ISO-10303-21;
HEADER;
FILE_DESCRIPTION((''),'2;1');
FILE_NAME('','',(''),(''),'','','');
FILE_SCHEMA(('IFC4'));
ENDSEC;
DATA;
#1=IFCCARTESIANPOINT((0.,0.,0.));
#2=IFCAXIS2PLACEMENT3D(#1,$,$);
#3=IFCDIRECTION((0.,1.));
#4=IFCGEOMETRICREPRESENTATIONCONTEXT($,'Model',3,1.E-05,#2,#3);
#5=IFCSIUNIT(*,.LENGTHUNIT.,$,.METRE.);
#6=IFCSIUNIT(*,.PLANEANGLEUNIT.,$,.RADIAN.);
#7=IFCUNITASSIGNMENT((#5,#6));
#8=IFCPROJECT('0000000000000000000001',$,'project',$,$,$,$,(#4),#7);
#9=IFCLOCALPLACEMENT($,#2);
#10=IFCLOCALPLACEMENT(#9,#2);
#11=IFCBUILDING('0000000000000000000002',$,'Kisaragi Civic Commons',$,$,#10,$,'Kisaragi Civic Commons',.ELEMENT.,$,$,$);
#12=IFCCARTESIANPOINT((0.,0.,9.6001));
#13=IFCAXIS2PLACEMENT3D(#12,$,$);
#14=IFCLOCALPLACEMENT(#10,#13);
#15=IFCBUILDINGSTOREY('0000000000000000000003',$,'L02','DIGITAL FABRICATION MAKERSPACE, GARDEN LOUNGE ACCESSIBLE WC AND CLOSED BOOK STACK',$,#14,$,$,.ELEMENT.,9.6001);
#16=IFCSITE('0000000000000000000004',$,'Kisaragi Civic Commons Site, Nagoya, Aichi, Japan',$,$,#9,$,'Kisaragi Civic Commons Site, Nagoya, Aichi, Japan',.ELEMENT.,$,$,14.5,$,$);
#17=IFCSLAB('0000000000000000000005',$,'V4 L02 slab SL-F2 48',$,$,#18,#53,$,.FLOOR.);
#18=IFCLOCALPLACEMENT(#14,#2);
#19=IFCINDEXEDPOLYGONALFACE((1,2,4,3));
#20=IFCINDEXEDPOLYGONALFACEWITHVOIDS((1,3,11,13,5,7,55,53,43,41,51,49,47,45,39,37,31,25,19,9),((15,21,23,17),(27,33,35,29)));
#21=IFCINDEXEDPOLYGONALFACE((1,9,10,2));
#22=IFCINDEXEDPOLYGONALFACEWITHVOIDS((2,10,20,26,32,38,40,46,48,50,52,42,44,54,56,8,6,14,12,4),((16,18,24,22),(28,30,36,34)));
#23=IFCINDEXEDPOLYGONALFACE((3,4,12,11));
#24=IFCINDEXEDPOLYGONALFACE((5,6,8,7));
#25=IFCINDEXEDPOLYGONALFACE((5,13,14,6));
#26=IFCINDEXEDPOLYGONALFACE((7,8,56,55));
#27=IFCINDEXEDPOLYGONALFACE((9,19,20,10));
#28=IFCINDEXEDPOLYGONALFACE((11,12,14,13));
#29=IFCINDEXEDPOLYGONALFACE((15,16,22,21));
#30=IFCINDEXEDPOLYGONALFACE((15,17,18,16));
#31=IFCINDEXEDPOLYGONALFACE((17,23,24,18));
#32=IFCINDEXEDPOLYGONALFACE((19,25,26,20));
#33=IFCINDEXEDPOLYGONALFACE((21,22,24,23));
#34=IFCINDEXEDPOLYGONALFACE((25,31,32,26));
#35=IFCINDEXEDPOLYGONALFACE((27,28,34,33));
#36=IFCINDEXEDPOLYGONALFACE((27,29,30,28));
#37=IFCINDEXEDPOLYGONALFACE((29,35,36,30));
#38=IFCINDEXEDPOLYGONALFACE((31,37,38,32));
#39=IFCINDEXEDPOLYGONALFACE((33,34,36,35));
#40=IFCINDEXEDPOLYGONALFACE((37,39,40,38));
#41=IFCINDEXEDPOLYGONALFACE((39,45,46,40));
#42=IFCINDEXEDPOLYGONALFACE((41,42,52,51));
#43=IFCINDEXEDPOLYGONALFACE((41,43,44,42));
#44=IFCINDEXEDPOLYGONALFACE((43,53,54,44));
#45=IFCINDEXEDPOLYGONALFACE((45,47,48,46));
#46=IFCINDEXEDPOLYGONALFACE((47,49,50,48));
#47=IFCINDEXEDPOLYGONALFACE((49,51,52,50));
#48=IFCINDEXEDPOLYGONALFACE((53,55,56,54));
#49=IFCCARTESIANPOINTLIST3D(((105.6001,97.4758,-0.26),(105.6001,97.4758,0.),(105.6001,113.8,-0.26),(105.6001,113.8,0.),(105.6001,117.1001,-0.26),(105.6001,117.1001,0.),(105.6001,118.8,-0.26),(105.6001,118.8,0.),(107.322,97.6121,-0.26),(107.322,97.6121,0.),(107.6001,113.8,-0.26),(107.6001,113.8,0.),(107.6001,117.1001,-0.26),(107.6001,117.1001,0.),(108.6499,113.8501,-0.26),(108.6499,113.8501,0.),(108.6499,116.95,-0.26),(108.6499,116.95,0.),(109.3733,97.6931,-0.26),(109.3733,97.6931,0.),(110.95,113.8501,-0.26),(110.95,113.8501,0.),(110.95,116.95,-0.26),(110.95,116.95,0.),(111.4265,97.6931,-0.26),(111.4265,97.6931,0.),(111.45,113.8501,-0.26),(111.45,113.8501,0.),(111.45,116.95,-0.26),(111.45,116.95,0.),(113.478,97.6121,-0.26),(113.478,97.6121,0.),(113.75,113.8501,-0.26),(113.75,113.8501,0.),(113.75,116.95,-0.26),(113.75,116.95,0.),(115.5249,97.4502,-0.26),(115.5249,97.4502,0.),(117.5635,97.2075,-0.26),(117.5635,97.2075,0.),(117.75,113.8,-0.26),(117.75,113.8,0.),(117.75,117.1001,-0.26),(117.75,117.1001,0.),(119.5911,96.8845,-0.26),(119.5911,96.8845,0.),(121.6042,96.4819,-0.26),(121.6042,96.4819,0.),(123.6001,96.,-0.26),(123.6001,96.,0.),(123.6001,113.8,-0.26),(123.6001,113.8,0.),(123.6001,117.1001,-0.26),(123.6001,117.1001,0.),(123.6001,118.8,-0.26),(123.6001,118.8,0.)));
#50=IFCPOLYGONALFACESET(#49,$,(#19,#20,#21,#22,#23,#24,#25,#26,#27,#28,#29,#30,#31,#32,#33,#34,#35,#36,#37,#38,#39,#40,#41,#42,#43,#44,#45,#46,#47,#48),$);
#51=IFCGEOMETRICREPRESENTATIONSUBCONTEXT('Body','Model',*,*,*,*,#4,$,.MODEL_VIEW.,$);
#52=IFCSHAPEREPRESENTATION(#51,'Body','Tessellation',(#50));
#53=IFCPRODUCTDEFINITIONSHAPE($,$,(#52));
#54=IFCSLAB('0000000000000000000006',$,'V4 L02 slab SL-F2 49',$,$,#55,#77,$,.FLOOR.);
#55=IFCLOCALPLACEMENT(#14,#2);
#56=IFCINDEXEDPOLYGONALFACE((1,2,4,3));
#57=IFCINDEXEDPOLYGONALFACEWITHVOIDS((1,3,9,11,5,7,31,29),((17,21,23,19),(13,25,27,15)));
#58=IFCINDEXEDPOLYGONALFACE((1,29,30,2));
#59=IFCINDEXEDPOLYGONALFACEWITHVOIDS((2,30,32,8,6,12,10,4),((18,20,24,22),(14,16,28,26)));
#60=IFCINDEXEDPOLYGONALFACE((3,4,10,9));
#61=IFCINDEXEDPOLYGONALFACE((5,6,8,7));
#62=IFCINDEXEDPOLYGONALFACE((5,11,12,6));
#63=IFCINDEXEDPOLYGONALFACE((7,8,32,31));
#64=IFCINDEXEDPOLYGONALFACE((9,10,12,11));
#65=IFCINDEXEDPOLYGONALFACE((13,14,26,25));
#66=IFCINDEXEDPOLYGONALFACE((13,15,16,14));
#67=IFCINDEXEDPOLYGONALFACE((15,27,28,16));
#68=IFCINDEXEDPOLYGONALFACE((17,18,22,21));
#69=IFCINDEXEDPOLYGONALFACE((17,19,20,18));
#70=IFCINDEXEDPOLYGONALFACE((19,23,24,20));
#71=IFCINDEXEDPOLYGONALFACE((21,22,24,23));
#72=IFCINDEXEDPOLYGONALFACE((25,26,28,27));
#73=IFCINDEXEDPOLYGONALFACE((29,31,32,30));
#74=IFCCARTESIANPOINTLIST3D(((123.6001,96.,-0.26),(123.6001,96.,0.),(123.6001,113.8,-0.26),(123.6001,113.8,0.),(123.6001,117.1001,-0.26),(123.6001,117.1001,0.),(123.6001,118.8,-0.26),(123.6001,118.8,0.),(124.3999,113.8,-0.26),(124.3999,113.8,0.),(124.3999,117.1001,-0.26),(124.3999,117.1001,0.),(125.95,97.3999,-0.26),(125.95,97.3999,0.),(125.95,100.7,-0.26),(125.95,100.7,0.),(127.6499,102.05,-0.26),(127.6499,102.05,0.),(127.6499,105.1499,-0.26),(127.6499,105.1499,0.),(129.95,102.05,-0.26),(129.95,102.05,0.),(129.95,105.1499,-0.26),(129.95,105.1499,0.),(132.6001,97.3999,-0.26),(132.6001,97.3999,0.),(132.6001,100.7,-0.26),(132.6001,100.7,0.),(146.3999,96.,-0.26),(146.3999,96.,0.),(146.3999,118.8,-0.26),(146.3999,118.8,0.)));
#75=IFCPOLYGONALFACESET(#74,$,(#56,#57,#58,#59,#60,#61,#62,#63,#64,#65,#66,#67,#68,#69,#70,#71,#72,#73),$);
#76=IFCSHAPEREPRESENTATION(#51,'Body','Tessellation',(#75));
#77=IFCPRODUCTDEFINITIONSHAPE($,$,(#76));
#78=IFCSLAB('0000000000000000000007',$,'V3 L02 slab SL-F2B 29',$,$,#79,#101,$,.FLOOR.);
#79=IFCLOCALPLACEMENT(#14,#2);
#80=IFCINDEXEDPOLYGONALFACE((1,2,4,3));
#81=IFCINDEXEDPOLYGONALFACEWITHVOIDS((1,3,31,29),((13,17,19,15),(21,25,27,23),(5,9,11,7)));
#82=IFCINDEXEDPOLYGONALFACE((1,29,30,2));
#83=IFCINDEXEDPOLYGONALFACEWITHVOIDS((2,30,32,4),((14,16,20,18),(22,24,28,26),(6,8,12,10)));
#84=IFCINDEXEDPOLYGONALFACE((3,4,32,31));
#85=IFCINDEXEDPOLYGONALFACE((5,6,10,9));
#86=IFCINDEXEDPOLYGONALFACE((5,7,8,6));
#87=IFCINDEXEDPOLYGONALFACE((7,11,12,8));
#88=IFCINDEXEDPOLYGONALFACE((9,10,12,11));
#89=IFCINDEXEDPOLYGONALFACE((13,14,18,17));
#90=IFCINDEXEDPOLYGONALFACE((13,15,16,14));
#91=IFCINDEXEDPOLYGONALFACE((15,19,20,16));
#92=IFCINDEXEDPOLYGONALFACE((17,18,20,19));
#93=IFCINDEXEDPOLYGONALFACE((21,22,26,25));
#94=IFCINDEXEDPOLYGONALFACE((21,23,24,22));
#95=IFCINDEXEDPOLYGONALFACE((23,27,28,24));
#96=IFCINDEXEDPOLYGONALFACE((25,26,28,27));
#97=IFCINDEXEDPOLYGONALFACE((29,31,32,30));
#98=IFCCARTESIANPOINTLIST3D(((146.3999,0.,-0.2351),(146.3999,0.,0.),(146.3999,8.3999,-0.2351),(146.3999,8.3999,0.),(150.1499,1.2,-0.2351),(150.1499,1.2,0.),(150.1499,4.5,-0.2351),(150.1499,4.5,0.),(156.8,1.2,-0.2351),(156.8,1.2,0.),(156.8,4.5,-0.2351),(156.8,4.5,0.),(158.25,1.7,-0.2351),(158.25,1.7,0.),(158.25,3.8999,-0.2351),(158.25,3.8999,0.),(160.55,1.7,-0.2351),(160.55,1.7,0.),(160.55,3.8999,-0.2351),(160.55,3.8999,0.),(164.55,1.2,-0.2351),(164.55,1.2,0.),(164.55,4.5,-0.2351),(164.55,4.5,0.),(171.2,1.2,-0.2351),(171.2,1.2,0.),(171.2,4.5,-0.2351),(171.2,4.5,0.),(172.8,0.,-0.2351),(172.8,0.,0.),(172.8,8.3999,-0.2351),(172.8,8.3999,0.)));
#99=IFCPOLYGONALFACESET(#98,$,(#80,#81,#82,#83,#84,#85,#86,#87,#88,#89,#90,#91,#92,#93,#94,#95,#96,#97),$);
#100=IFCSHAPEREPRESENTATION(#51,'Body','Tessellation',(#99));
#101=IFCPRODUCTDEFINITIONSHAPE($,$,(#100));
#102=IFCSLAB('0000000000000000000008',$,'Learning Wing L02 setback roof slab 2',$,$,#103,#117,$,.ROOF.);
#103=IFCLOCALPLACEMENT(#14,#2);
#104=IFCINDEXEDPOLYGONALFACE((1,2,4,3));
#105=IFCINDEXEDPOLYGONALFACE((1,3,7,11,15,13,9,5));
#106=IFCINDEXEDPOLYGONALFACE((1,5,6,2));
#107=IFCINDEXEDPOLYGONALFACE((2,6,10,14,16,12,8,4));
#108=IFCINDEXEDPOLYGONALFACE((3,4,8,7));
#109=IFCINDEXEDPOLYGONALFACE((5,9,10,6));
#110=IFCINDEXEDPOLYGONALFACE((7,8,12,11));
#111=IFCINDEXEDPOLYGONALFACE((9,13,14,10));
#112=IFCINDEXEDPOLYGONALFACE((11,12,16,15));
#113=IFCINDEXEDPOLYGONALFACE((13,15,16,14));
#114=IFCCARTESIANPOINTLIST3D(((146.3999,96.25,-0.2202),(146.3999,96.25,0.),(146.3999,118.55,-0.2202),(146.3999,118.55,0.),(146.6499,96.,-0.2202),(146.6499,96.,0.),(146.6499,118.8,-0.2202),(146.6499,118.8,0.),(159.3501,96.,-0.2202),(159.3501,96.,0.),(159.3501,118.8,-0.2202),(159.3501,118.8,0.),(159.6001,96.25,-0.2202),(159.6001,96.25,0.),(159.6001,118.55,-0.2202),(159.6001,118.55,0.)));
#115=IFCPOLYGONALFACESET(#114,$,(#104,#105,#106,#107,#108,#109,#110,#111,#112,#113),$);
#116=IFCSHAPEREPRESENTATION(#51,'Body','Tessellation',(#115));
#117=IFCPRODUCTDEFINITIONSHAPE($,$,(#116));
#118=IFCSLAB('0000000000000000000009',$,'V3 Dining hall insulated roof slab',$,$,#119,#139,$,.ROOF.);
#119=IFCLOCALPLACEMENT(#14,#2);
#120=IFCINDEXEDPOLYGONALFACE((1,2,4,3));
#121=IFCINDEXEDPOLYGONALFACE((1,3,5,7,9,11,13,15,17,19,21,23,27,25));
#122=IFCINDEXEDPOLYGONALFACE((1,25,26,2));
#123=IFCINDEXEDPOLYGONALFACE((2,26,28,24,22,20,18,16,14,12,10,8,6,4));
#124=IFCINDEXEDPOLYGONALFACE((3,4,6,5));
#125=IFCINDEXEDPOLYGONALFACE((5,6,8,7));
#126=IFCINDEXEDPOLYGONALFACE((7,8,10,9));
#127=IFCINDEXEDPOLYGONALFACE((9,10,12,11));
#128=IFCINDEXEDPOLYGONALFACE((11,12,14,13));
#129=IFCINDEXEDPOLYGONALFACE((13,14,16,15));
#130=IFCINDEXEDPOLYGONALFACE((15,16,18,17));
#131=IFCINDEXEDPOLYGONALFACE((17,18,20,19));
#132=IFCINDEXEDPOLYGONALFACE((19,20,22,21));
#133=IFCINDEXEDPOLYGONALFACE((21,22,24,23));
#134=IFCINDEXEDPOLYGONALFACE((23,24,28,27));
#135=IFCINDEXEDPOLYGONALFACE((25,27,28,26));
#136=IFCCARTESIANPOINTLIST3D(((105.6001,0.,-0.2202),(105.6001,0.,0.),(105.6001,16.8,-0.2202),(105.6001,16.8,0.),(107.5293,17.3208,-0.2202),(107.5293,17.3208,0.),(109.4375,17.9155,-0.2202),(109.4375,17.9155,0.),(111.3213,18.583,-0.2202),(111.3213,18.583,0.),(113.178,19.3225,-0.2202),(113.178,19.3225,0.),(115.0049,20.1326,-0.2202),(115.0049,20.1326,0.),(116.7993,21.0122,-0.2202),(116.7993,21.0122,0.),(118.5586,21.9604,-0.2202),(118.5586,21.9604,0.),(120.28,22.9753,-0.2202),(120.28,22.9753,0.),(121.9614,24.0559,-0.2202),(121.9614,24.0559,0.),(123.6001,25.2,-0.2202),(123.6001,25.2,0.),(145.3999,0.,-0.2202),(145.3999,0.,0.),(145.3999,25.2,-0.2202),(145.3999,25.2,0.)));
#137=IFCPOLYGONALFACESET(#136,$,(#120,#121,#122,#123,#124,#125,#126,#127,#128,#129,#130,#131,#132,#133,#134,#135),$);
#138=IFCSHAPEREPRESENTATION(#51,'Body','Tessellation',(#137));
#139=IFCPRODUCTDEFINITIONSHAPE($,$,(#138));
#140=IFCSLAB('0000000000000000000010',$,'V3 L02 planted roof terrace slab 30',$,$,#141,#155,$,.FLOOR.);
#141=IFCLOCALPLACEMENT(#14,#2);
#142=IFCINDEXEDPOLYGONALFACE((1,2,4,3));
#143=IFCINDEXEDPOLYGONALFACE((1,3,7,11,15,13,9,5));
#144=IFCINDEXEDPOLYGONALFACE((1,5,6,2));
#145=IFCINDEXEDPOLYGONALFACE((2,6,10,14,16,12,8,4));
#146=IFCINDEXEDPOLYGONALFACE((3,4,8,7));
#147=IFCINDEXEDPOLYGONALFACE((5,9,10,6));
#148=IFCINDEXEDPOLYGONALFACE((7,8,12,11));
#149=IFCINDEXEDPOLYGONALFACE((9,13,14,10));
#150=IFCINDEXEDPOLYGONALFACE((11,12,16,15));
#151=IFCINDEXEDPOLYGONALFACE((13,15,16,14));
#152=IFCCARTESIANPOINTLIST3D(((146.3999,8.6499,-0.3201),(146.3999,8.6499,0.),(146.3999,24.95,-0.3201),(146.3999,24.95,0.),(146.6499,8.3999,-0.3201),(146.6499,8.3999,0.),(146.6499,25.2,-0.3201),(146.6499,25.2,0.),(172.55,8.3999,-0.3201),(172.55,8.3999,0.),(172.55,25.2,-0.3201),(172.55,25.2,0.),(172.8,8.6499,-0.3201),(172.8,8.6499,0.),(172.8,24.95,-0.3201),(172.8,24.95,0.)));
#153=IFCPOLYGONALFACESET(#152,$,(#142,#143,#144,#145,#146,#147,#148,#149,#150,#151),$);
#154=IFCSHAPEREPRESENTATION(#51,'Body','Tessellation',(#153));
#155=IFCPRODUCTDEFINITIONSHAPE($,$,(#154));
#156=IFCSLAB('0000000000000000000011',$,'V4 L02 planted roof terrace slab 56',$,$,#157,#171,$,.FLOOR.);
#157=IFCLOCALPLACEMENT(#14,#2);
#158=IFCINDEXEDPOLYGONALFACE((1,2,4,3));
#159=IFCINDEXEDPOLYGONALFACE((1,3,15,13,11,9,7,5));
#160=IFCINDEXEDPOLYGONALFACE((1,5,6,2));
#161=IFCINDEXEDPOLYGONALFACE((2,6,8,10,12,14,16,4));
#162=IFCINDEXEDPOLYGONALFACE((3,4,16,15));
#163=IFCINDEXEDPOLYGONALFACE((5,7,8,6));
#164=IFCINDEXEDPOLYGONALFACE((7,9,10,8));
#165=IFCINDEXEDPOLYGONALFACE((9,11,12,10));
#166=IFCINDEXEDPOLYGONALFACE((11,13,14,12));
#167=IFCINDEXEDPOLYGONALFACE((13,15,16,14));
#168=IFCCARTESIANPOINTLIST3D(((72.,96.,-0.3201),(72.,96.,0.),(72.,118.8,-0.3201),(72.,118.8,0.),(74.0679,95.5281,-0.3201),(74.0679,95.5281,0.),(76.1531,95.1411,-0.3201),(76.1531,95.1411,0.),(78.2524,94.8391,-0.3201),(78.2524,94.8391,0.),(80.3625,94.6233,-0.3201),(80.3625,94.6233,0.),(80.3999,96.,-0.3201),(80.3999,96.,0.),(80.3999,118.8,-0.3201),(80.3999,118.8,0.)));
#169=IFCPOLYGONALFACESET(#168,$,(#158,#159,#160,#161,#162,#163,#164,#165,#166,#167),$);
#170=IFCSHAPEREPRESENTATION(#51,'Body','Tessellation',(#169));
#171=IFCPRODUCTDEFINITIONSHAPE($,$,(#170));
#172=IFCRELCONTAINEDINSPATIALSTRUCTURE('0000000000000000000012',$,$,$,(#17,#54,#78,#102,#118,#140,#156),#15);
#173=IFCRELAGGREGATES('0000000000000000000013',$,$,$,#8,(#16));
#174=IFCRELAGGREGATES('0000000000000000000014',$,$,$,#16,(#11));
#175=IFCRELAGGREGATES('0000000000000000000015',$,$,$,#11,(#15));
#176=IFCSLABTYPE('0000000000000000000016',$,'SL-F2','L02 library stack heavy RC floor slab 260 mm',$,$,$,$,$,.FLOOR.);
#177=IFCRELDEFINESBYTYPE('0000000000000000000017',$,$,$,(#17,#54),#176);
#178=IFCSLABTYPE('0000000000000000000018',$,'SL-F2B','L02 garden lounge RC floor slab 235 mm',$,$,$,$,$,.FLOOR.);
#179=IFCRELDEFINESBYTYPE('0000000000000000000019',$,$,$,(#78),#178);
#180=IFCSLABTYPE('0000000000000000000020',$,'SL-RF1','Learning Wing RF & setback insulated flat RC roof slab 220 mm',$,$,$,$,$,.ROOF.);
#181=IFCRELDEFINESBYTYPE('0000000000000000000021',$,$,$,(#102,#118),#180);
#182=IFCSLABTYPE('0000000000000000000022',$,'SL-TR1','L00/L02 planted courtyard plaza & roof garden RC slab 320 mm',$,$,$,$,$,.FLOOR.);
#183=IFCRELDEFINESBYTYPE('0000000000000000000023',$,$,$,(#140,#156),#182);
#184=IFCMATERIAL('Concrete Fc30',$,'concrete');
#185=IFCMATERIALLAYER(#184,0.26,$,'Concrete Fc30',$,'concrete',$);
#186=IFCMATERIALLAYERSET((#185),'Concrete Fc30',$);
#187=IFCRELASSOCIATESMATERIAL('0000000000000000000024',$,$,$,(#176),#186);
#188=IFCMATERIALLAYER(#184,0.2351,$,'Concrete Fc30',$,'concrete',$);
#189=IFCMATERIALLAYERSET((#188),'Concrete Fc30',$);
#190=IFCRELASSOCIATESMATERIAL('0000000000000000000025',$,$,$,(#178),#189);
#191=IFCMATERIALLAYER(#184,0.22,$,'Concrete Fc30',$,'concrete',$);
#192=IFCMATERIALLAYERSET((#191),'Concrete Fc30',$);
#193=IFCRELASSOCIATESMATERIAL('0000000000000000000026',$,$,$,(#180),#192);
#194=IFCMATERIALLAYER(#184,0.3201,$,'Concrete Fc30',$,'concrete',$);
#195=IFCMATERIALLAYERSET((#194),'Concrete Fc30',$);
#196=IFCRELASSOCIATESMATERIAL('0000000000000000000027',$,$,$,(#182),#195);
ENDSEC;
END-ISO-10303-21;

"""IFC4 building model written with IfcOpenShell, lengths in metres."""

from ifc_helpers import new_model, si_unit, direction, frame, origin, place, context, subcontext, project, spatial, polyline, outline, extrude, material, layer, layer_set, type_object, element, save


model = new_model("IFC4")

# Units and contexts
model_context = context("Model", 3, precision=1e-05, world=origin(), true_north=direction((0.0, 1.0)))
body_context = subcontext(model_context, "Body", "Model", "MODEL_VIEW")
ifc_project = project(units=[si_unit("LENGTHUNIT", "METRE"), si_unit("PLANEANGLEUNIT", "RADIAN")], contexts=[model_context])

# Site, building, storey
site_placement = place(None, origin())
site = spatial("IfcSite", under=ifc_project, at=site_placement, Name="Kisaragi Civic Commons Site, Nagoya, Aichi, Japan", LongName="Kisaragi Civic Commons Site, Nagoya, Aichi, Japan", CompositionType="ELEMENT", RefElevation=14.5)
building_placement = place(site_placement, origin())
building = spatial("IfcBuilding", under=site, at=building_placement, Name="Kisaragi Civic Commons", LongName="Kisaragi Civic Commons", CompositionType="ELEMENT")
storey_placement = place(building_placement, frame((0.0, 0.0, 9.6001)))
storey = spatial("IfcBuildingStorey", under=building, at=storey_placement, Name="L02", Description="DIGITAL FABRICATION MAKERSPACE, GARDEN LOUNGE ACCESSIBLE WC AND CLOSED BOOK STACK", CompositionType="ELEMENT", Elevation=9.6001)

# Slabs
ifc_material_1 = material(Name="Concrete Fc30", Category="concrete")
ifc_layer_1 = layer(ifc_material_1, 0.26, Name="Concrete Fc30", Category="concrete")
ifc_layer_set_1 = layer_set([ifc_layer_1], Name="Concrete Fc30")
slab_type_1 = type_object("IfcSlabType", Name="SL-F2", Description="L02 library stack heavy RC floor slab 260 mm", PredefinedType="FLOOR", material=ifc_layer_set_1)
slab_1_placement = place(storey_placement, frame((0.0, 0.0, -0.26)))
element("IfcSlab", 1, at=slab_1_placement, inside=storey, type_object=slab_type_1, Name="V4 L02 slab SL-F2 48", PredefinedType="FLOOR", context=body_context, shape_type="SweptSolid", body=[
    extrude(outline(polyline([(105.6001, 118.8), (105.6001, 117.1001), (107.6001, 117.1001), (107.6001, 113.8), (105.6001, 113.8), (105.6001, 97.4758), (107.322, 97.6121), (109.3733, 97.6931), (111.4265, 97.6931), (113.478, 97.6121), (115.5249, 97.4502), (117.5635, 97.2075), (119.5911, 96.8845), (121.6042, 96.4819), (123.6001, 96.0), (123.6001, 113.8), (117.75, 113.8), (117.75, 117.1001), (123.6001, 117.1001), (123.6001, 118.8), (105.6001, 118.8)]), holes=[polyline([(108.6499, 116.95), (108.6499, 113.8501), (110.95, 113.8501), (110.95, 116.95), (108.6499, 116.95)]), polyline([(111.45, 116.95), (111.45, 113.8501), (113.75, 113.8501), (113.75, 116.95), (111.45, 116.95)])]), origin(), (0.0, 0.0, 1.0), 0.26),
])
slab_2_placement = place(storey_placement, frame((0.0, 0.0, -0.26)))
element("IfcSlab", 2, at=slab_2_placement, inside=storey, type_object=slab_type_1, Name="V4 L02 slab SL-F2 49", PredefinedType="FLOOR", context=body_context, shape_type="SweptSolid", body=[
    extrude(outline(polyline([(123.6001, 118.8), (123.6001, 117.1001), (124.3999, 117.1001), (124.3999, 113.8), (123.6001, 113.8), (123.6001, 96.0), (146.3999, 96.0), (146.3999, 118.8), (123.6001, 118.8)]), holes=[polyline([(125.95, 97.3999), (132.6001, 97.3999), (132.6001, 100.7), (125.95, 100.7), (125.95, 97.3999)]), polyline([(127.6499, 105.1499), (127.6499, 102.05), (129.95, 102.05), (129.95, 105.1499), (127.6499, 105.1499)])]), origin(), (0.0, 0.0, 1.0), 0.26),
])
ifc_layer_2 = layer(ifc_material_1, 0.2351, Name="Concrete Fc30", Category="concrete")
ifc_layer_set_2 = layer_set([ifc_layer_2], Name="Concrete Fc30")
slab_type_2 = type_object("IfcSlabType", Name="SL-F2B", Description="L02 garden lounge RC floor slab 235 mm", PredefinedType="FLOOR", material=ifc_layer_set_2)
slab_3_placement = place(storey_placement, frame((0.0, 0.0, -0.2351)))
element("IfcSlab", 3, at=slab_3_placement, inside=storey, type_object=slab_type_2, Name="V3 L02 slab SL-F2B 29", PredefinedType="FLOOR", context=body_context, shape_type="SweptSolid", body=[
    extrude(outline(polyline([(146.3999, 8.3999), (146.3999, 0.0), (172.8, 0.0), (172.8, 8.3999), (146.3999, 8.3999)]), holes=[polyline([(160.55, 1.7), (160.55, 3.8999), (158.25, 3.8999), (158.25, 1.7), (160.55, 1.7)]), polyline([(150.1499, 1.2), (156.8, 1.2), (156.8, 4.5), (150.1499, 4.5), (150.1499, 1.2)]), polyline([(164.55, 1.2), (171.2, 1.2), (171.2, 4.5), (164.55, 4.5), (164.55, 1.2)])]), origin(), (0.0, 0.0, 1.0), 0.2351),
])
ifc_layer_3 = layer(ifc_material_1, 0.22, Name="Concrete Fc30", Category="concrete")
ifc_layer_set_3 = layer_set([ifc_layer_3], Name="Concrete Fc30")
slab_type_3 = type_object("IfcSlabType", Name="SL-RF1", Description="Learning Wing RF & setback insulated flat RC roof slab 220 mm", PredefinedType="ROOF", material=ifc_layer_set_3)
slab_4_placement = place(storey_placement, frame((0.0, 0.0, -0.2202)))
element("IfcSlab", 4, at=slab_4_placement, inside=storey, type_object=slab_type_3, Name="Learning Wing L02 setback roof slab 2", PredefinedType="ROOF", context=body_context, shape_type="SweptSolid", body=[
    extrude(outline(polyline([(146.6499, 96.0), (159.3501, 96.0), (159.6001, 96.25), (159.6001, 118.55), (159.3501, 118.8), (146.6499, 118.8), (146.3999, 118.55), (146.3999, 96.25), (146.6499, 96.0)])), origin(), (0.0, 0.0, 1.0), 0.2202),
])
slab_5_placement = place(storey_placement, frame((0.0, 0.0, -0.2202)))
element("IfcSlab", 5, at=slab_5_placement, inside=storey, type_object=slab_type_3, Name="V3 Dining hall insulated roof slab", PredefinedType="ROOF", context=body_context, shape_type="SweptSolid", body=[
    extrude(outline(polyline([(145.3999, 0.0), (145.3999, 25.2), (123.6001, 25.2), (121.9614, 24.0559), (120.28, 22.9753), (118.5586, 21.9604), (116.7993, 21.0122), (115.0049, 20.1326), (113.178, 19.3225), (111.3213, 18.583), (109.4375, 17.9155), (107.5293, 17.3208), (105.6001, 16.8), (105.6001, 0.0), (145.3999, 0.0)])), origin(), (0.0, 0.0, 1.0), 0.2202),
])
ifc_layer_4 = layer(ifc_material_1, 0.3201, Name="Concrete Fc30", Category="concrete")
ifc_layer_set_4 = layer_set([ifc_layer_4], Name="Concrete Fc30")
slab_type_4 = type_object("IfcSlabType", Name="SL-TR1", Description="L00/L02 planted courtyard plaza & roof garden RC slab 320 mm", PredefinedType="FLOOR", material=ifc_layer_set_4)
slab_6_placement = place(storey_placement, frame((0.0, 0.0, -0.3201)))
element("IfcSlab", 6, at=slab_6_placement, inside=storey, type_object=slab_type_4, Name="V3 L02 planted roof terrace slab 30", PredefinedType="FLOOR", context=body_context, shape_type="SweptSolid", body=[
    extrude(outline(polyline([(146.6499, 8.3999), (172.55, 8.3999), (172.8, 8.6499), (172.8, 24.95), (172.55, 25.2), (146.6499, 25.2), (146.3999, 24.95), (146.3999, 8.6499), (146.6499, 8.3999)])), origin(), (0.0, 0.0, 1.0), 0.3201),
])
slab_7_placement = place(storey_placement, frame((0.0, 0.0, -0.3201)))
element("IfcSlab", 7, at=slab_7_placement, inside=storey, type_object=slab_type_4, Name="V4 L02 planted roof terrace slab 56", PredefinedType="FLOOR", context=body_context, shape_type="SweptSolid", body=[
    extrude(outline(polyline([(72.0, 96.0), (74.0679, 95.5281), (76.1531, 95.1411), (78.2524, 94.8391), (80.3625, 94.6233), (80.3999, 96.0), (80.3999, 118.8), (72.0, 118.8), (72.0, 96.0)])), origin(), (0.0, 0.0, 1.0), 0.3201),
])

save(model, "model.ifc")
